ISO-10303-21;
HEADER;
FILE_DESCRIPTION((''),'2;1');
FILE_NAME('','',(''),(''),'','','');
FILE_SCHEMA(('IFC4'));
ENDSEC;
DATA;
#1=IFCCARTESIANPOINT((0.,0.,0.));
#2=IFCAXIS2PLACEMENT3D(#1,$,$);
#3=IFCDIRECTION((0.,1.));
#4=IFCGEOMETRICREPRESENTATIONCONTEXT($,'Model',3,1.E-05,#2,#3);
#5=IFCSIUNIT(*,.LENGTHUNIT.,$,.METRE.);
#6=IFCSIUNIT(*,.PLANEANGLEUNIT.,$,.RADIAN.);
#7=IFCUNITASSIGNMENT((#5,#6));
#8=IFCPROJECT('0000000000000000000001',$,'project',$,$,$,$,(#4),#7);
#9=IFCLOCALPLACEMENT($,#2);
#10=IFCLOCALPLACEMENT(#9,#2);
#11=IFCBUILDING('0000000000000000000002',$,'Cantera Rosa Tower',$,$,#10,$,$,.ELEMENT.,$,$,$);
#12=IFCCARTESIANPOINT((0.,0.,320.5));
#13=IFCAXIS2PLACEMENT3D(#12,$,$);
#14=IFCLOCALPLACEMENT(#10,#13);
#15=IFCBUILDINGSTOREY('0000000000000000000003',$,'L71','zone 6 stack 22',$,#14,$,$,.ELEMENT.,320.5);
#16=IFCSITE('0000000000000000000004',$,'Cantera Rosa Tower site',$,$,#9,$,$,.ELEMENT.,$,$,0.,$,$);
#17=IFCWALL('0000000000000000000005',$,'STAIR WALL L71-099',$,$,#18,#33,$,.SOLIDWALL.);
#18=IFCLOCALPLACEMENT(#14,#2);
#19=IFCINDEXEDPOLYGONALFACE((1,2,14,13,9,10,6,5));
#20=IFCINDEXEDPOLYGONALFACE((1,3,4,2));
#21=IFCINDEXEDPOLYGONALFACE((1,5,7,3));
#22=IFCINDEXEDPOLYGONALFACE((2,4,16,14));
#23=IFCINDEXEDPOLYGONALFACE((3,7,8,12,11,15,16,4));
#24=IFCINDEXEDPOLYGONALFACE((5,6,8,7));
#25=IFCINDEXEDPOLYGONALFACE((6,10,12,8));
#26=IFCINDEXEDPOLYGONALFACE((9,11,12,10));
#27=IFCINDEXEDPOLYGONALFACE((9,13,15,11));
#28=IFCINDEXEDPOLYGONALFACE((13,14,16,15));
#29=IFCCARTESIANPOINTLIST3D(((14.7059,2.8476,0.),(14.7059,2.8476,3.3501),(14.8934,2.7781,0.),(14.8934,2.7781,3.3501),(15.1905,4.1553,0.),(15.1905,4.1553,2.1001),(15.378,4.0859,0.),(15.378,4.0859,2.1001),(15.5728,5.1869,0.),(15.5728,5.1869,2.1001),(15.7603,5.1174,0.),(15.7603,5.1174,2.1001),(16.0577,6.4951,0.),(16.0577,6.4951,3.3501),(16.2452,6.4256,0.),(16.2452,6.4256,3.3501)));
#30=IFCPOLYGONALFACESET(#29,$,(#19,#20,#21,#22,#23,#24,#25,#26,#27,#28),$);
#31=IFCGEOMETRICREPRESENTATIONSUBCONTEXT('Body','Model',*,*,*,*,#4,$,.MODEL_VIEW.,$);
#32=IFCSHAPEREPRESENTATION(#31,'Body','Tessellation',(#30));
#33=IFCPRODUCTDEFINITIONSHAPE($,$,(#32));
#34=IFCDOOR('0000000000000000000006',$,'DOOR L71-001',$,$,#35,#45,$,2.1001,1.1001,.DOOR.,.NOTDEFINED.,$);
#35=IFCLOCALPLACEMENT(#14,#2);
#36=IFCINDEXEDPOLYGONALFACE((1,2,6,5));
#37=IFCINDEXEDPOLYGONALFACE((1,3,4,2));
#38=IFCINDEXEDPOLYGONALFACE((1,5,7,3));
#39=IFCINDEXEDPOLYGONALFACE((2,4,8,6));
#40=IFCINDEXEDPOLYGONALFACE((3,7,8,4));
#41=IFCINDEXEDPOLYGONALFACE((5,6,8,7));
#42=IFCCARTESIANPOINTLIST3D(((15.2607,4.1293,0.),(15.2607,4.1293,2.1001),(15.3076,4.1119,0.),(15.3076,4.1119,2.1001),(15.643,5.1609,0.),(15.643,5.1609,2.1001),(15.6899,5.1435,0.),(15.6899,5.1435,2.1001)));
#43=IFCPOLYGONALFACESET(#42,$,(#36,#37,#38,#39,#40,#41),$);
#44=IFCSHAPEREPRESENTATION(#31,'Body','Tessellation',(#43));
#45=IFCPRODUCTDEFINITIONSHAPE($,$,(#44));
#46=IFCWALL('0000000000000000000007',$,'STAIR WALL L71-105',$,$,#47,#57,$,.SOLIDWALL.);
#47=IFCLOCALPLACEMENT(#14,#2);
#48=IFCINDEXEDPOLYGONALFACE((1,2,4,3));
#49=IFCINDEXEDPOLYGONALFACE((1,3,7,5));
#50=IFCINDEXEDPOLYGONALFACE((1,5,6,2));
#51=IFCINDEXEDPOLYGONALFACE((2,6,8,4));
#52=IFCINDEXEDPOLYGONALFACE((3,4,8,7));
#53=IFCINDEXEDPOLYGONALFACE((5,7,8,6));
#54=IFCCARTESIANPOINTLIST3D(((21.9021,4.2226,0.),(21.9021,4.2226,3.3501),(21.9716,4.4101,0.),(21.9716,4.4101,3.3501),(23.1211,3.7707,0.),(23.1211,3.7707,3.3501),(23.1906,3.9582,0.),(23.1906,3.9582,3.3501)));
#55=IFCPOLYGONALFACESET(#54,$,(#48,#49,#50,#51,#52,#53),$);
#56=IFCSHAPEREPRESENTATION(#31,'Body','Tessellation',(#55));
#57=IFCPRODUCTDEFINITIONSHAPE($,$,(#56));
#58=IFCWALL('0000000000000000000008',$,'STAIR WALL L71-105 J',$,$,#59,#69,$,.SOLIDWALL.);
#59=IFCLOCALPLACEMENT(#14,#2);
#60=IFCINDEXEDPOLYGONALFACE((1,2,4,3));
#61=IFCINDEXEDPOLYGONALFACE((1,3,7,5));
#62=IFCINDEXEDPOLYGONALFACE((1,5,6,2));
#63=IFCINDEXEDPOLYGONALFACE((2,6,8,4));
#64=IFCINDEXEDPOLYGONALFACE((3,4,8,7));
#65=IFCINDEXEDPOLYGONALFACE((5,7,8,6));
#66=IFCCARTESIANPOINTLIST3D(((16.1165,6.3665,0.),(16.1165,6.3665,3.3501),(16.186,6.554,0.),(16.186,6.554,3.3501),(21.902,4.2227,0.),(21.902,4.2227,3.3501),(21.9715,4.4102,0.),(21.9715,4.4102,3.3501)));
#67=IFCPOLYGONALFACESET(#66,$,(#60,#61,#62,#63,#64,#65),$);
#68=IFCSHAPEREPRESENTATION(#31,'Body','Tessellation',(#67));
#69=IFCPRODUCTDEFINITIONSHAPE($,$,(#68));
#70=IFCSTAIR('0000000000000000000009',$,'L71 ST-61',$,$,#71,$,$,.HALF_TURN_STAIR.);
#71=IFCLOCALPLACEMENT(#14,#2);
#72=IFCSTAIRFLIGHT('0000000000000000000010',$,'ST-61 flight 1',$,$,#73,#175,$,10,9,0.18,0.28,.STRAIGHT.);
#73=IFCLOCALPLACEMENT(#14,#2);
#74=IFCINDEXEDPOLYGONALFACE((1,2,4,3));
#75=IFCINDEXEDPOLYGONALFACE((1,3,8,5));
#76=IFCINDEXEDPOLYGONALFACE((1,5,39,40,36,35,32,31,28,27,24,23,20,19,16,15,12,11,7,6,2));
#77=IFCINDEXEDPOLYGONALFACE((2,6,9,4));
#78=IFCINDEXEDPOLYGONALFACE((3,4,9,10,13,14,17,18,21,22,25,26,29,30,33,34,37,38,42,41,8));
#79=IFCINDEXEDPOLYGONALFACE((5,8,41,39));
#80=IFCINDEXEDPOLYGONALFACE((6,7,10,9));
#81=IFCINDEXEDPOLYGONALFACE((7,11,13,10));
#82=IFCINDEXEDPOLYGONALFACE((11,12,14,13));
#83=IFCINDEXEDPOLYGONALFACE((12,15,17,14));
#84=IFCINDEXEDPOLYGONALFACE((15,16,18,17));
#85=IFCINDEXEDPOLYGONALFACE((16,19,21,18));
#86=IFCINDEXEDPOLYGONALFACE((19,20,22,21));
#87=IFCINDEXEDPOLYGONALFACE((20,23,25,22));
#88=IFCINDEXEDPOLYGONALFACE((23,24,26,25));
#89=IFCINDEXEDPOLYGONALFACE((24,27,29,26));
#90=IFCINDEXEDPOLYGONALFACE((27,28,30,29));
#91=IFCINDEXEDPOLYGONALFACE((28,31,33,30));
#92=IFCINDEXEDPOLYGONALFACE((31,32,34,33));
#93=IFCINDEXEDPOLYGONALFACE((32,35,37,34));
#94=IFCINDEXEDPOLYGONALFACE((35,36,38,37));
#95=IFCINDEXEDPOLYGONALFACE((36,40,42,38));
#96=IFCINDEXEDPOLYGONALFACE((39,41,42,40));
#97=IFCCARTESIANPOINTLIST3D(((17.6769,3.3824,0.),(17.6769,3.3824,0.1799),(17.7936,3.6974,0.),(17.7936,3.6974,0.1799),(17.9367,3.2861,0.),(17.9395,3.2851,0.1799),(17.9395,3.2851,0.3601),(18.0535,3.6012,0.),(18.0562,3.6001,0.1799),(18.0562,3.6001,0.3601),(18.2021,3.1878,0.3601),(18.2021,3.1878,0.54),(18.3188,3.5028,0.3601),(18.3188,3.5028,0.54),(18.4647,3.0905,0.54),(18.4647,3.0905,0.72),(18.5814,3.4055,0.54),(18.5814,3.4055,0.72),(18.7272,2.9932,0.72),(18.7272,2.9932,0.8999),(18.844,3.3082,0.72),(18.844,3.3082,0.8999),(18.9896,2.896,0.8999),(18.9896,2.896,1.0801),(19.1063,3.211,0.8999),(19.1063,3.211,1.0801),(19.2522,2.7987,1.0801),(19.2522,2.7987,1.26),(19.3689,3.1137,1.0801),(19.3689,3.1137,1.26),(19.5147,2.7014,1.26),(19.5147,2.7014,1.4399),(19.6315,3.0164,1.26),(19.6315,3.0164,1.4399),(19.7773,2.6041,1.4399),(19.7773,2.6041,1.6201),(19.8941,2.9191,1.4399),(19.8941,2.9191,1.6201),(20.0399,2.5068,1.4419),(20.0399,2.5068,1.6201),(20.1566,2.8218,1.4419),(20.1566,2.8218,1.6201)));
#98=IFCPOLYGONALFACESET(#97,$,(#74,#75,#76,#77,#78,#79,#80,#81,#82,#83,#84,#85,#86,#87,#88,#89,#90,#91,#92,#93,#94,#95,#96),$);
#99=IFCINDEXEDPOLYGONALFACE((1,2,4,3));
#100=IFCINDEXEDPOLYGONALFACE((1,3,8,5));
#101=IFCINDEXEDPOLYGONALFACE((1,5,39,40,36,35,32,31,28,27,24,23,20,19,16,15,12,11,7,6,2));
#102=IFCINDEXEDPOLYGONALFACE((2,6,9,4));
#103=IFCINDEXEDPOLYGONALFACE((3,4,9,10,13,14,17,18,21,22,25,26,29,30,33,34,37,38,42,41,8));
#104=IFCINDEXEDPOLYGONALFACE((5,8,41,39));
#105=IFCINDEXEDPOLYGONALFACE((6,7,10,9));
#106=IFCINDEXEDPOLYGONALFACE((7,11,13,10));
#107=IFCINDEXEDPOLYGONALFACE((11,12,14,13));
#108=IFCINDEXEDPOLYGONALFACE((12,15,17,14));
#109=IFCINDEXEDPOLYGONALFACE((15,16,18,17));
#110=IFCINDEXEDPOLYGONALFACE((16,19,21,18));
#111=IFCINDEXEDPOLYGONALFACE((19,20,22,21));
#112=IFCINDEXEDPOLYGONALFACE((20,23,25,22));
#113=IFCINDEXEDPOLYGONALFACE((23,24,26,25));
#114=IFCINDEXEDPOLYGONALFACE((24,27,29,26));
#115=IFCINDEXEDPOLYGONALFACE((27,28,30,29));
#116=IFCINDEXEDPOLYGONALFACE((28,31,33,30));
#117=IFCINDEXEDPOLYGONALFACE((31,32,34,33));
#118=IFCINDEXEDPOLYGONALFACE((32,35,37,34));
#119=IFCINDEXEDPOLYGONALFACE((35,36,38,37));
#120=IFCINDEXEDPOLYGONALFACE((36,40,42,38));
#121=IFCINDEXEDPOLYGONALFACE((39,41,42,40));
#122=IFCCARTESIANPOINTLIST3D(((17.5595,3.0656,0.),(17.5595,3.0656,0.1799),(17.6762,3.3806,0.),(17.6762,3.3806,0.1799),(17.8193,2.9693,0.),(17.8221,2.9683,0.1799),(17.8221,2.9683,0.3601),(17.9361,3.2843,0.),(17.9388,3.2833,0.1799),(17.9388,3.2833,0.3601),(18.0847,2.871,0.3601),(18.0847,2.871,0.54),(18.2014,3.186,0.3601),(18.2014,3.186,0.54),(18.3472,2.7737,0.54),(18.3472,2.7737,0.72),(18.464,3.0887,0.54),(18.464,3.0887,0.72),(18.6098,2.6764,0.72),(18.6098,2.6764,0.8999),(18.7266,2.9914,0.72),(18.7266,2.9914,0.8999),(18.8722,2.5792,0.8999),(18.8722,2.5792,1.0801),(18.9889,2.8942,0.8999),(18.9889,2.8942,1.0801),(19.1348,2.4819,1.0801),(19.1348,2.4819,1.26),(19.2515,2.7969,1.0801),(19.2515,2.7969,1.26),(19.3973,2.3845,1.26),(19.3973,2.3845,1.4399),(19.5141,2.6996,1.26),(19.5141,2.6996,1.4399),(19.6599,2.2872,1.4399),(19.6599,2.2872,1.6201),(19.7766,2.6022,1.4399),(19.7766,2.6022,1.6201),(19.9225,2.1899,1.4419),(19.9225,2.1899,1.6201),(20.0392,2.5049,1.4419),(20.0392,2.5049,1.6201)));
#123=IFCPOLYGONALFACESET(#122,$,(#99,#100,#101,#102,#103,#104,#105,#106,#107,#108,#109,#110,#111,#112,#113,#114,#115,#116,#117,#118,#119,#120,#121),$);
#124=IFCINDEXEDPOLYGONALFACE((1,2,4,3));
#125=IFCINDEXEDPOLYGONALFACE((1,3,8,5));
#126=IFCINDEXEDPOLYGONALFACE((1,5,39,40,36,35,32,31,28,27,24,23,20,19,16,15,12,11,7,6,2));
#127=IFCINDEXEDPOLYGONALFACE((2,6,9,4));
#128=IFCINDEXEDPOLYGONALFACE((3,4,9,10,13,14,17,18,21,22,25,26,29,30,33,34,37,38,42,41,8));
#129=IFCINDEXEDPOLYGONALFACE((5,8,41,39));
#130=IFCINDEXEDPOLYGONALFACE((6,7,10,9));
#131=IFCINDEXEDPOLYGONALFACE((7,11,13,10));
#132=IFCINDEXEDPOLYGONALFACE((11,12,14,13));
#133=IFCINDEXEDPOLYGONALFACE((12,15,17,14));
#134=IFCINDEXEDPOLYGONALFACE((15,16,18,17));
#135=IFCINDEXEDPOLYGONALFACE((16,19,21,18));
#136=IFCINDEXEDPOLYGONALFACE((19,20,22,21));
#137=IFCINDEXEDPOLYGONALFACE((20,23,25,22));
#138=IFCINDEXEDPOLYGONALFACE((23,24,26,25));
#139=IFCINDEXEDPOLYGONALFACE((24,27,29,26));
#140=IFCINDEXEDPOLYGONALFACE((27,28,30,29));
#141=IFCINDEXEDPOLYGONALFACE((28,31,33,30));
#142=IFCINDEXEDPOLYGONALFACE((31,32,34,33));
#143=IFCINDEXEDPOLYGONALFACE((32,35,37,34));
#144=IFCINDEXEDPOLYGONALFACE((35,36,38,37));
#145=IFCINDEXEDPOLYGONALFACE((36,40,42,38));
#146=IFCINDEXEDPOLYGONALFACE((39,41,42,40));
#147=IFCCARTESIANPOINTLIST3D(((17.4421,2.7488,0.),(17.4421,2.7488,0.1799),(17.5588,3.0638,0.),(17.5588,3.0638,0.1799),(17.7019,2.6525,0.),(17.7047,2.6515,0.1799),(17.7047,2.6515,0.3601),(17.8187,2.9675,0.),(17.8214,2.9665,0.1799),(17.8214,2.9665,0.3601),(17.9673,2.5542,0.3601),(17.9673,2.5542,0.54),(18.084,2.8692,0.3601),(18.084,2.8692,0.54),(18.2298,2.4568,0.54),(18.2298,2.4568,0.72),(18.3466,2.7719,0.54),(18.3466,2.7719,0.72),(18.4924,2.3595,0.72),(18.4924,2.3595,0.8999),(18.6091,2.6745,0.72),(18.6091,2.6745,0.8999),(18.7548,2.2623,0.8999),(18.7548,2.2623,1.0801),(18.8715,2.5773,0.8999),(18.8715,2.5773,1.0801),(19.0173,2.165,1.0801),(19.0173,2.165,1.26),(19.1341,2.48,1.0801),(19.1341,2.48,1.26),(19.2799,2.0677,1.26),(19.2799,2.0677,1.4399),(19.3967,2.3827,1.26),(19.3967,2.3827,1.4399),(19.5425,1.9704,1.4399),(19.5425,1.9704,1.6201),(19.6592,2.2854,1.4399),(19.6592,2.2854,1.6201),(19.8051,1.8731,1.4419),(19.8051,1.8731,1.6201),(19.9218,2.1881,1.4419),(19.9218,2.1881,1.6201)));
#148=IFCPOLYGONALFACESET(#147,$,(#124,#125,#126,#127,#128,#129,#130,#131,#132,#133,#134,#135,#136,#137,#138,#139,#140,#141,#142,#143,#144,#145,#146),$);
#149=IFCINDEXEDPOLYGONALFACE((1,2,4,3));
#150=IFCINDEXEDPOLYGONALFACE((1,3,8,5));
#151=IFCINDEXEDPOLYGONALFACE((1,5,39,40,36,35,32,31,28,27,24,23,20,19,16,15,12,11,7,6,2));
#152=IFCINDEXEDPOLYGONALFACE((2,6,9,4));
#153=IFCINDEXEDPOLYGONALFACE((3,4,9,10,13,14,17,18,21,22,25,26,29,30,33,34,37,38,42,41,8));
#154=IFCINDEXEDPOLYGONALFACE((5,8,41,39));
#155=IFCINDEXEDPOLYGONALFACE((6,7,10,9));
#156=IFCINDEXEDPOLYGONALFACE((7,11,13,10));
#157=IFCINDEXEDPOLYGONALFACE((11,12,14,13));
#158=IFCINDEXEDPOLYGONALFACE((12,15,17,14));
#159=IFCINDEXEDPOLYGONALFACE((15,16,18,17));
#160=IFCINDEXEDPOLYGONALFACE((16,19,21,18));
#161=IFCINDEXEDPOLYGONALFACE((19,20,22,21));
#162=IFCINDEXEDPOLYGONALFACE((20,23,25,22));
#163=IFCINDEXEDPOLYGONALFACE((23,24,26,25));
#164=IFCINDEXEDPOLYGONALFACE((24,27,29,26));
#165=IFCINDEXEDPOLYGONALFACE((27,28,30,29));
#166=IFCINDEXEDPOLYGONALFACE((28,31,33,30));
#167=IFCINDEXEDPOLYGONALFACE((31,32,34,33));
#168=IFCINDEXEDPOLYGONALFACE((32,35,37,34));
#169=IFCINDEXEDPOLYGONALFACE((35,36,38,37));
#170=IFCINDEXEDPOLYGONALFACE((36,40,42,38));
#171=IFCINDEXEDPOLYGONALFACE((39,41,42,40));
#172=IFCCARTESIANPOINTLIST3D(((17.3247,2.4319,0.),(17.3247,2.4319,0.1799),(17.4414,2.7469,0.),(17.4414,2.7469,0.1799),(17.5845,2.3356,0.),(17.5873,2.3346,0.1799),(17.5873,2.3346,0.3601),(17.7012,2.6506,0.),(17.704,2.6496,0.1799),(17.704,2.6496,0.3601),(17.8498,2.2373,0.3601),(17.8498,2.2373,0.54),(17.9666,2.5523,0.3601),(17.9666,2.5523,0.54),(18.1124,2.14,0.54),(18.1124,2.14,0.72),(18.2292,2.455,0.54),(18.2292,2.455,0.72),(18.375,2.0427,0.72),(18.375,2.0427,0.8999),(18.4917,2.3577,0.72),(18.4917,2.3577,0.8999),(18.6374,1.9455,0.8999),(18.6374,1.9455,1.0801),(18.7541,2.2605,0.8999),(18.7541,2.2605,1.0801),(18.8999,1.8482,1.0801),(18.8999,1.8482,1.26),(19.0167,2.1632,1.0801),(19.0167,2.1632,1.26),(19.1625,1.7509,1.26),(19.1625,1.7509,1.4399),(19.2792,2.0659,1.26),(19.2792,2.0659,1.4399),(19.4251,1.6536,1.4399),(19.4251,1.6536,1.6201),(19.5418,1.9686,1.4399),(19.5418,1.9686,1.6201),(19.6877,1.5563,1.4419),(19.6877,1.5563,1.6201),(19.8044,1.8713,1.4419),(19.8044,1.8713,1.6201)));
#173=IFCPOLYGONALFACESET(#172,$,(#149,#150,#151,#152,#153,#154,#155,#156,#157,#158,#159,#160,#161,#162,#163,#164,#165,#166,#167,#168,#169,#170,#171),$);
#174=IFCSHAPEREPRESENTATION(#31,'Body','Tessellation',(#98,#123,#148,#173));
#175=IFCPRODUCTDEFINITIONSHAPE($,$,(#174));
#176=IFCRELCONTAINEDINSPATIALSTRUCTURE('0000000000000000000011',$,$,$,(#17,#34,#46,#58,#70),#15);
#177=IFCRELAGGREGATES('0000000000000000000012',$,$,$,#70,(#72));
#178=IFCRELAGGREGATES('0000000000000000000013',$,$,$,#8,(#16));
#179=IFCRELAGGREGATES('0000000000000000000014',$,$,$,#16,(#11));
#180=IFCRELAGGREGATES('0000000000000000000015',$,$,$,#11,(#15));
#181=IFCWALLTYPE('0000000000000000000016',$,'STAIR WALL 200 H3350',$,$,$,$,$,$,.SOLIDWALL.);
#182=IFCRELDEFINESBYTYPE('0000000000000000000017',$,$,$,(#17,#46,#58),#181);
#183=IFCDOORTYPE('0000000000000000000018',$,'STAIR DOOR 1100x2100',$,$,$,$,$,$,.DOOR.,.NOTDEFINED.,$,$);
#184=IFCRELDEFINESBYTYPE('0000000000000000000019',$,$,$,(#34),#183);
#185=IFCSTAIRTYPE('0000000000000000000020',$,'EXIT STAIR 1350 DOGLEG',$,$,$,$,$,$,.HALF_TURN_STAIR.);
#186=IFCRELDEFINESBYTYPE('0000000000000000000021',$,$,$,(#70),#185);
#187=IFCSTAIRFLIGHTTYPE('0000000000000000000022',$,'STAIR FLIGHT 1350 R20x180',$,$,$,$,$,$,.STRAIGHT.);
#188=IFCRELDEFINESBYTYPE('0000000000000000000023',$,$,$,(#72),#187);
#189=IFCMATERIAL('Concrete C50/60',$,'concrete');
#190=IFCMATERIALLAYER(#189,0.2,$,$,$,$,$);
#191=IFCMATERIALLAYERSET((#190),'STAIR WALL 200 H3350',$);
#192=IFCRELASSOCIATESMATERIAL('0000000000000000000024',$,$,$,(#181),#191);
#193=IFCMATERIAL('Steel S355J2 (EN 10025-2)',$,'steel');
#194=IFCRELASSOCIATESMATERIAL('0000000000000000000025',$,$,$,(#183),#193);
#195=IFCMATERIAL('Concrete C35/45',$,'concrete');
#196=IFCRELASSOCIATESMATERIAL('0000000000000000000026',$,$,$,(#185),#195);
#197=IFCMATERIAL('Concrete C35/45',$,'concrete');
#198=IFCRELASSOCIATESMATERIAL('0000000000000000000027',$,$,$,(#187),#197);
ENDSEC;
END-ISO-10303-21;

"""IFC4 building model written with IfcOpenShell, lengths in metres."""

from ifc_helpers import new_model, si_unit, direction, frame, frame_2d, origin, place, context, subcontext, project, spatial, polyline, rectangle, outline, extrude, material, layer, layer_set, type_object, element, fill, aggregate, save


model = new_model("IFC4")

# Units and contexts
model_context = context("Model", 3, precision=1e-05, world=origin(), true_north=direction((0.0, 1.0)))
body_context = subcontext(model_context, "Body", "Model", "MODEL_VIEW")
ifc_project = project(units=[si_unit("LENGTHUNIT", "METRE"), si_unit("PLANEANGLEUNIT", "RADIAN")], contexts=[model_context])

# Site, building, storey
site_placement = place(None, origin())
site = spatial("IfcSite", under=ifc_project, at=site_placement, Name="Cantera Rosa Tower site", CompositionType="ELEMENT", RefElevation=0.0)
building_placement = place(site_placement, origin())
building = spatial("IfcBuilding", under=site, at=building_placement, Name="Cantera Rosa Tower", CompositionType="ELEMENT")
storey_placement = place(building_placement, frame((0.0, 0.0, 320.5)))
storey = spatial("IfcBuildingStorey", under=building, at=storey_placement, Name="L71", Description="zone 6 stack 22", CompositionType="ELEMENT", Elevation=320.5)

# Wall, opening, door
ifc_material_1 = material(Name="Concrete C50/60", Category="concrete")
ifc_layer_1 = layer(ifc_material_1, 0.2)
ifc_layer_set_1 = layer_set([ifc_layer_1], Name="STAIR WALL 200 H3350")
wall_type_1 = type_object("IfcWallType", Name="STAIR WALL 200 H3350", PredefinedType="SOLIDWALL", material=ifc_layer_set_1)
wall_1_placement = place(storey_placement, frame((16.1514, 6.4602, 0.0), z_axis=(0.0, 0.0, 1.0), x_axis=(-0.347517, -0.937674, 0.0)))
wall_1 = element("IfcWall", 1, at=wall_1_placement, inside=storey, type_object=wall_type_1, Name="STAIR WALL L71-099", PredefinedType="SOLIDWALL", context=body_context, shape_type="SweptSolid", body=[
    extrude(rectangle(XDim=3.8899, YDim=0.2, at=frame_2d((1.9448, 0.0))), origin(), (0.0, 0.0, 1.0), 3.3501),
])
opening_1_placement = place(wall_1_placement, frame((1.395, 0.0, 0.0)))
opening_1 = element("IfcOpeningElement", 2, at=opening_1_placement, cuts=wall_1, PredefinedType="OPENING", context=body_context, shape_type="SweptSolid", body=[
    extrude(rectangle(XDim=1.1001, YDim=2.1001, at=frame_2d((0.55, 1.05))), frame((0.0, 0.1099, 0.0), z_axis=(0.0, -1.0, 0.0), x_axis=(1.0, 0.0, 0.0)), (0.0, 0.0, 1.0), 0.22),
])
ifc_material_2 = material(Name="Steel S355J2 (EN 10025-2)", Category="steel")
door_type_1 = type_object("IfcDoorType", Name="STAIR DOOR 1100x2100", OperationType="NOTDEFINED", PredefinedType="DOOR", material=ifc_material_2)
door_1_placement = place(opening_1_placement, origin())
door_1 = element("IfcDoor", 3, at=door_1_placement, inside=storey, type_object=door_type_1, Name="DOOR L71-001", OperationType="NOTDEFINED", OverallHeight=2.1001, OverallWidth=1.1001, PredefinedType="DOOR", context=body_context, shape_type="SweptSolid", body=[
    extrude(rectangle(XDim=1.1001, YDim=2.1001, at=frame_2d((0.55, 1.05))), frame((0.0, 0.0249, 0.0), z_axis=(0.0, -1.0, 0.0), x_axis=(1.0, 0.0, 0.0)), (0.0, 0.0, 1.0), 0.05),
])
fill(opening_1, door_1)

# Walls
wall_2_placement = place(storey_placement, frame((23.1558, 3.8645, 0.0), z_axis=(0.0, 0.0, 1.0), x_axis=(-0.937642, 0.347602, 0.0)))
element("IfcWall", 4, at=wall_2_placement, inside=storey, type_object=wall_type_1, Name="STAIR WALL L71-105", PredefinedType="SOLIDWALL", context=body_context, shape_type="SweptSolid", body=[
    extrude(rectangle(XDim=1.3, YDim=0.2, at=frame_2d((0.6499, 0.0))), origin(), (0.0, 0.0, 1.0), 3.3501),
])
wall_3_placement = place(storey_placement, frame((21.9368, 4.3164, 0.0), z_axis=(0.0, 0.0, 1.0), x_axis=(-0.937693, 0.347465, 0.0)))
element("IfcWall", 5, at=wall_3_placement, inside=storey, type_object=wall_type_1, Name="STAIR WALL L71-105 J", PredefinedType="SOLIDWALL", context=body_context, shape_type="SweptSolid", body=[
    extrude(rectangle(XDim=6.1699, YDim=0.2, at=frame_2d((3.085, 0.0))), origin(), (0.0, 0.0, 1.0), 3.3501),
])

# Stair, stair flight
ifc_material_3 = material(Name="Concrete C35/45", Category="concrete")
stair_type = type_object("IfcStairType", Name="EXIT STAIR 1350 DOGLEG", PredefinedType="HALF_TURN_STAIR", material=ifc_material_3)
stair_placement = place(storey_placement, origin())
stair = element("IfcStair", 6, at=stair_placement, inside=storey, type_object=stair_type, Name="L71 ST-61", PredefinedType="HALF_TURN_STAIR")
ifc_material_4 = material(Name="Concrete C35/45", Category="concrete")
stair_flight_type = type_object("IfcStairFlightType", Name="STAIR FLIGHT 1350 R20x180", PredefinedType="STRAIGHT", material=ifc_material_4)
stair_flight_1_placement = place(storey_placement, frame((17.5591, 3.0645, 0.0), z_axis=(0.0, 0.0, 1.0), x_axis=(0.937687, -0.347481, 0.0)))
stair_flight_1 = element("IfcStairFlight", 7, at=stair_flight_1_placement, type_object=stair_flight_type, Name="ST-61 flight 1", NumberOfRisers=10, NumberOfTreads=9, PredefinedType="STRAIGHT", RiserHeight=0.18, TreadLength=0.28, context=body_context, shape_type="SweptSolid", body=[
    extrude(outline(polyline([(0.0, 0.0), (0.0, 0.1799), (0.28, 0.1799), (0.28, 0.3601), (0.5601, 0.3601), (0.5601, 0.54), (0.8401, 0.54), (0.8401, 0.72), (1.1201, 0.72), (1.1201, 0.8999), (1.3999, 0.8999), (1.3999, 1.0801), (1.6799, 1.0801), (1.6799, 1.26), (1.96, 1.26), (1.96, 1.4399), (2.24, 1.4399), (2.24, 1.6201), (2.52, 1.6201), (2.52, 1.8), (2.52, 1.4419), (0.2771, 0.0), (0.0, 0.0)])), frame((0.0, 0.675, 0.0), z_axis=(0.0, -1.0, 0.0), x_axis=(1.0, 0.0, 0.0)), (0.0, 0.0, 1.0), 0.3359),
    extrude(outline(polyline([(0.0, 0.0), (0.0, 0.1799), (0.28, 0.1799), (0.28, 0.3601), (0.5601, 0.3601), (0.5601, 0.54), (0.8401, 0.54), (0.8401, 0.72), (1.1201, 0.72), (1.1201, 0.8999), (1.3999, 0.8999), (1.3999, 1.0801), (1.6799, 1.0801), (1.6799, 1.26), (1.96, 1.26), (1.96, 1.4399), (2.24, 1.4399), (2.24, 1.6201), (2.52, 1.6201), (2.52, 1.8), (2.52, 1.4419), (0.2771, 0.0), (0.0, 0.0)])), frame((0.0, 0.3372, 0.0), z_axis=(0.0, -1.0, 0.0), x_axis=(1.0, 0.0, 0.0)), (0.0, 0.0, 1.0), 0.3359),
    extrude(outline(polyline([(0.0, 0.0), (0.0, 0.1799), (0.28, 0.1799), (0.28, 0.3601), (0.5601, 0.3601), (0.5601, 0.54), (0.8401, 0.54), (0.8401, 0.72), (1.1201, 0.72), (1.1201, 0.8999), (1.3999, 0.8999), (1.3999, 1.0801), (1.6799, 1.0801), (1.6799, 1.26), (1.96, 1.26), (1.96, 1.4399), (2.24, 1.4399), (2.24, 1.6201), (2.52, 1.6201), (2.52, 1.8), (2.52, 1.4419), (0.2771, 0.0), (0.0, 0.0)])), frame((0.0, -0.0007, 0.0), z_axis=(0.0, -1.0, 0.0), x_axis=(1.0, 0.0, 0.0)), (0.0, 0.0, 1.0), 0.3359),
    extrude(outline(polyline([(0.0, 0.0), (0.0, 0.1799), (0.28, 0.1799), (0.28, 0.3601), (0.5601, 0.3601), (0.5601, 0.54), (0.8401, 0.54), (0.8401, 0.72), (1.1201, 0.72), (1.1201, 0.8999), (1.3999, 0.8999), (1.3999, 1.0801), (1.6799, 1.0801), (1.6799, 1.26), (1.96, 1.26), (1.96, 1.4399), (2.24, 1.4399), (2.24, 1.6201), (2.52, 1.6201), (2.52, 1.8), (2.52, 1.4419), (0.2771, 0.0), (0.0, 0.0)])), frame((0.0, -0.3386, 0.0), z_axis=(0.0, -1.0, 0.0), x_axis=(1.0, 0.0, 0.0)), (0.0, 0.0, 1.0), 0.3359),
])
aggregate(stair, [stair_flight_1])

save(model, "model.ifc")
